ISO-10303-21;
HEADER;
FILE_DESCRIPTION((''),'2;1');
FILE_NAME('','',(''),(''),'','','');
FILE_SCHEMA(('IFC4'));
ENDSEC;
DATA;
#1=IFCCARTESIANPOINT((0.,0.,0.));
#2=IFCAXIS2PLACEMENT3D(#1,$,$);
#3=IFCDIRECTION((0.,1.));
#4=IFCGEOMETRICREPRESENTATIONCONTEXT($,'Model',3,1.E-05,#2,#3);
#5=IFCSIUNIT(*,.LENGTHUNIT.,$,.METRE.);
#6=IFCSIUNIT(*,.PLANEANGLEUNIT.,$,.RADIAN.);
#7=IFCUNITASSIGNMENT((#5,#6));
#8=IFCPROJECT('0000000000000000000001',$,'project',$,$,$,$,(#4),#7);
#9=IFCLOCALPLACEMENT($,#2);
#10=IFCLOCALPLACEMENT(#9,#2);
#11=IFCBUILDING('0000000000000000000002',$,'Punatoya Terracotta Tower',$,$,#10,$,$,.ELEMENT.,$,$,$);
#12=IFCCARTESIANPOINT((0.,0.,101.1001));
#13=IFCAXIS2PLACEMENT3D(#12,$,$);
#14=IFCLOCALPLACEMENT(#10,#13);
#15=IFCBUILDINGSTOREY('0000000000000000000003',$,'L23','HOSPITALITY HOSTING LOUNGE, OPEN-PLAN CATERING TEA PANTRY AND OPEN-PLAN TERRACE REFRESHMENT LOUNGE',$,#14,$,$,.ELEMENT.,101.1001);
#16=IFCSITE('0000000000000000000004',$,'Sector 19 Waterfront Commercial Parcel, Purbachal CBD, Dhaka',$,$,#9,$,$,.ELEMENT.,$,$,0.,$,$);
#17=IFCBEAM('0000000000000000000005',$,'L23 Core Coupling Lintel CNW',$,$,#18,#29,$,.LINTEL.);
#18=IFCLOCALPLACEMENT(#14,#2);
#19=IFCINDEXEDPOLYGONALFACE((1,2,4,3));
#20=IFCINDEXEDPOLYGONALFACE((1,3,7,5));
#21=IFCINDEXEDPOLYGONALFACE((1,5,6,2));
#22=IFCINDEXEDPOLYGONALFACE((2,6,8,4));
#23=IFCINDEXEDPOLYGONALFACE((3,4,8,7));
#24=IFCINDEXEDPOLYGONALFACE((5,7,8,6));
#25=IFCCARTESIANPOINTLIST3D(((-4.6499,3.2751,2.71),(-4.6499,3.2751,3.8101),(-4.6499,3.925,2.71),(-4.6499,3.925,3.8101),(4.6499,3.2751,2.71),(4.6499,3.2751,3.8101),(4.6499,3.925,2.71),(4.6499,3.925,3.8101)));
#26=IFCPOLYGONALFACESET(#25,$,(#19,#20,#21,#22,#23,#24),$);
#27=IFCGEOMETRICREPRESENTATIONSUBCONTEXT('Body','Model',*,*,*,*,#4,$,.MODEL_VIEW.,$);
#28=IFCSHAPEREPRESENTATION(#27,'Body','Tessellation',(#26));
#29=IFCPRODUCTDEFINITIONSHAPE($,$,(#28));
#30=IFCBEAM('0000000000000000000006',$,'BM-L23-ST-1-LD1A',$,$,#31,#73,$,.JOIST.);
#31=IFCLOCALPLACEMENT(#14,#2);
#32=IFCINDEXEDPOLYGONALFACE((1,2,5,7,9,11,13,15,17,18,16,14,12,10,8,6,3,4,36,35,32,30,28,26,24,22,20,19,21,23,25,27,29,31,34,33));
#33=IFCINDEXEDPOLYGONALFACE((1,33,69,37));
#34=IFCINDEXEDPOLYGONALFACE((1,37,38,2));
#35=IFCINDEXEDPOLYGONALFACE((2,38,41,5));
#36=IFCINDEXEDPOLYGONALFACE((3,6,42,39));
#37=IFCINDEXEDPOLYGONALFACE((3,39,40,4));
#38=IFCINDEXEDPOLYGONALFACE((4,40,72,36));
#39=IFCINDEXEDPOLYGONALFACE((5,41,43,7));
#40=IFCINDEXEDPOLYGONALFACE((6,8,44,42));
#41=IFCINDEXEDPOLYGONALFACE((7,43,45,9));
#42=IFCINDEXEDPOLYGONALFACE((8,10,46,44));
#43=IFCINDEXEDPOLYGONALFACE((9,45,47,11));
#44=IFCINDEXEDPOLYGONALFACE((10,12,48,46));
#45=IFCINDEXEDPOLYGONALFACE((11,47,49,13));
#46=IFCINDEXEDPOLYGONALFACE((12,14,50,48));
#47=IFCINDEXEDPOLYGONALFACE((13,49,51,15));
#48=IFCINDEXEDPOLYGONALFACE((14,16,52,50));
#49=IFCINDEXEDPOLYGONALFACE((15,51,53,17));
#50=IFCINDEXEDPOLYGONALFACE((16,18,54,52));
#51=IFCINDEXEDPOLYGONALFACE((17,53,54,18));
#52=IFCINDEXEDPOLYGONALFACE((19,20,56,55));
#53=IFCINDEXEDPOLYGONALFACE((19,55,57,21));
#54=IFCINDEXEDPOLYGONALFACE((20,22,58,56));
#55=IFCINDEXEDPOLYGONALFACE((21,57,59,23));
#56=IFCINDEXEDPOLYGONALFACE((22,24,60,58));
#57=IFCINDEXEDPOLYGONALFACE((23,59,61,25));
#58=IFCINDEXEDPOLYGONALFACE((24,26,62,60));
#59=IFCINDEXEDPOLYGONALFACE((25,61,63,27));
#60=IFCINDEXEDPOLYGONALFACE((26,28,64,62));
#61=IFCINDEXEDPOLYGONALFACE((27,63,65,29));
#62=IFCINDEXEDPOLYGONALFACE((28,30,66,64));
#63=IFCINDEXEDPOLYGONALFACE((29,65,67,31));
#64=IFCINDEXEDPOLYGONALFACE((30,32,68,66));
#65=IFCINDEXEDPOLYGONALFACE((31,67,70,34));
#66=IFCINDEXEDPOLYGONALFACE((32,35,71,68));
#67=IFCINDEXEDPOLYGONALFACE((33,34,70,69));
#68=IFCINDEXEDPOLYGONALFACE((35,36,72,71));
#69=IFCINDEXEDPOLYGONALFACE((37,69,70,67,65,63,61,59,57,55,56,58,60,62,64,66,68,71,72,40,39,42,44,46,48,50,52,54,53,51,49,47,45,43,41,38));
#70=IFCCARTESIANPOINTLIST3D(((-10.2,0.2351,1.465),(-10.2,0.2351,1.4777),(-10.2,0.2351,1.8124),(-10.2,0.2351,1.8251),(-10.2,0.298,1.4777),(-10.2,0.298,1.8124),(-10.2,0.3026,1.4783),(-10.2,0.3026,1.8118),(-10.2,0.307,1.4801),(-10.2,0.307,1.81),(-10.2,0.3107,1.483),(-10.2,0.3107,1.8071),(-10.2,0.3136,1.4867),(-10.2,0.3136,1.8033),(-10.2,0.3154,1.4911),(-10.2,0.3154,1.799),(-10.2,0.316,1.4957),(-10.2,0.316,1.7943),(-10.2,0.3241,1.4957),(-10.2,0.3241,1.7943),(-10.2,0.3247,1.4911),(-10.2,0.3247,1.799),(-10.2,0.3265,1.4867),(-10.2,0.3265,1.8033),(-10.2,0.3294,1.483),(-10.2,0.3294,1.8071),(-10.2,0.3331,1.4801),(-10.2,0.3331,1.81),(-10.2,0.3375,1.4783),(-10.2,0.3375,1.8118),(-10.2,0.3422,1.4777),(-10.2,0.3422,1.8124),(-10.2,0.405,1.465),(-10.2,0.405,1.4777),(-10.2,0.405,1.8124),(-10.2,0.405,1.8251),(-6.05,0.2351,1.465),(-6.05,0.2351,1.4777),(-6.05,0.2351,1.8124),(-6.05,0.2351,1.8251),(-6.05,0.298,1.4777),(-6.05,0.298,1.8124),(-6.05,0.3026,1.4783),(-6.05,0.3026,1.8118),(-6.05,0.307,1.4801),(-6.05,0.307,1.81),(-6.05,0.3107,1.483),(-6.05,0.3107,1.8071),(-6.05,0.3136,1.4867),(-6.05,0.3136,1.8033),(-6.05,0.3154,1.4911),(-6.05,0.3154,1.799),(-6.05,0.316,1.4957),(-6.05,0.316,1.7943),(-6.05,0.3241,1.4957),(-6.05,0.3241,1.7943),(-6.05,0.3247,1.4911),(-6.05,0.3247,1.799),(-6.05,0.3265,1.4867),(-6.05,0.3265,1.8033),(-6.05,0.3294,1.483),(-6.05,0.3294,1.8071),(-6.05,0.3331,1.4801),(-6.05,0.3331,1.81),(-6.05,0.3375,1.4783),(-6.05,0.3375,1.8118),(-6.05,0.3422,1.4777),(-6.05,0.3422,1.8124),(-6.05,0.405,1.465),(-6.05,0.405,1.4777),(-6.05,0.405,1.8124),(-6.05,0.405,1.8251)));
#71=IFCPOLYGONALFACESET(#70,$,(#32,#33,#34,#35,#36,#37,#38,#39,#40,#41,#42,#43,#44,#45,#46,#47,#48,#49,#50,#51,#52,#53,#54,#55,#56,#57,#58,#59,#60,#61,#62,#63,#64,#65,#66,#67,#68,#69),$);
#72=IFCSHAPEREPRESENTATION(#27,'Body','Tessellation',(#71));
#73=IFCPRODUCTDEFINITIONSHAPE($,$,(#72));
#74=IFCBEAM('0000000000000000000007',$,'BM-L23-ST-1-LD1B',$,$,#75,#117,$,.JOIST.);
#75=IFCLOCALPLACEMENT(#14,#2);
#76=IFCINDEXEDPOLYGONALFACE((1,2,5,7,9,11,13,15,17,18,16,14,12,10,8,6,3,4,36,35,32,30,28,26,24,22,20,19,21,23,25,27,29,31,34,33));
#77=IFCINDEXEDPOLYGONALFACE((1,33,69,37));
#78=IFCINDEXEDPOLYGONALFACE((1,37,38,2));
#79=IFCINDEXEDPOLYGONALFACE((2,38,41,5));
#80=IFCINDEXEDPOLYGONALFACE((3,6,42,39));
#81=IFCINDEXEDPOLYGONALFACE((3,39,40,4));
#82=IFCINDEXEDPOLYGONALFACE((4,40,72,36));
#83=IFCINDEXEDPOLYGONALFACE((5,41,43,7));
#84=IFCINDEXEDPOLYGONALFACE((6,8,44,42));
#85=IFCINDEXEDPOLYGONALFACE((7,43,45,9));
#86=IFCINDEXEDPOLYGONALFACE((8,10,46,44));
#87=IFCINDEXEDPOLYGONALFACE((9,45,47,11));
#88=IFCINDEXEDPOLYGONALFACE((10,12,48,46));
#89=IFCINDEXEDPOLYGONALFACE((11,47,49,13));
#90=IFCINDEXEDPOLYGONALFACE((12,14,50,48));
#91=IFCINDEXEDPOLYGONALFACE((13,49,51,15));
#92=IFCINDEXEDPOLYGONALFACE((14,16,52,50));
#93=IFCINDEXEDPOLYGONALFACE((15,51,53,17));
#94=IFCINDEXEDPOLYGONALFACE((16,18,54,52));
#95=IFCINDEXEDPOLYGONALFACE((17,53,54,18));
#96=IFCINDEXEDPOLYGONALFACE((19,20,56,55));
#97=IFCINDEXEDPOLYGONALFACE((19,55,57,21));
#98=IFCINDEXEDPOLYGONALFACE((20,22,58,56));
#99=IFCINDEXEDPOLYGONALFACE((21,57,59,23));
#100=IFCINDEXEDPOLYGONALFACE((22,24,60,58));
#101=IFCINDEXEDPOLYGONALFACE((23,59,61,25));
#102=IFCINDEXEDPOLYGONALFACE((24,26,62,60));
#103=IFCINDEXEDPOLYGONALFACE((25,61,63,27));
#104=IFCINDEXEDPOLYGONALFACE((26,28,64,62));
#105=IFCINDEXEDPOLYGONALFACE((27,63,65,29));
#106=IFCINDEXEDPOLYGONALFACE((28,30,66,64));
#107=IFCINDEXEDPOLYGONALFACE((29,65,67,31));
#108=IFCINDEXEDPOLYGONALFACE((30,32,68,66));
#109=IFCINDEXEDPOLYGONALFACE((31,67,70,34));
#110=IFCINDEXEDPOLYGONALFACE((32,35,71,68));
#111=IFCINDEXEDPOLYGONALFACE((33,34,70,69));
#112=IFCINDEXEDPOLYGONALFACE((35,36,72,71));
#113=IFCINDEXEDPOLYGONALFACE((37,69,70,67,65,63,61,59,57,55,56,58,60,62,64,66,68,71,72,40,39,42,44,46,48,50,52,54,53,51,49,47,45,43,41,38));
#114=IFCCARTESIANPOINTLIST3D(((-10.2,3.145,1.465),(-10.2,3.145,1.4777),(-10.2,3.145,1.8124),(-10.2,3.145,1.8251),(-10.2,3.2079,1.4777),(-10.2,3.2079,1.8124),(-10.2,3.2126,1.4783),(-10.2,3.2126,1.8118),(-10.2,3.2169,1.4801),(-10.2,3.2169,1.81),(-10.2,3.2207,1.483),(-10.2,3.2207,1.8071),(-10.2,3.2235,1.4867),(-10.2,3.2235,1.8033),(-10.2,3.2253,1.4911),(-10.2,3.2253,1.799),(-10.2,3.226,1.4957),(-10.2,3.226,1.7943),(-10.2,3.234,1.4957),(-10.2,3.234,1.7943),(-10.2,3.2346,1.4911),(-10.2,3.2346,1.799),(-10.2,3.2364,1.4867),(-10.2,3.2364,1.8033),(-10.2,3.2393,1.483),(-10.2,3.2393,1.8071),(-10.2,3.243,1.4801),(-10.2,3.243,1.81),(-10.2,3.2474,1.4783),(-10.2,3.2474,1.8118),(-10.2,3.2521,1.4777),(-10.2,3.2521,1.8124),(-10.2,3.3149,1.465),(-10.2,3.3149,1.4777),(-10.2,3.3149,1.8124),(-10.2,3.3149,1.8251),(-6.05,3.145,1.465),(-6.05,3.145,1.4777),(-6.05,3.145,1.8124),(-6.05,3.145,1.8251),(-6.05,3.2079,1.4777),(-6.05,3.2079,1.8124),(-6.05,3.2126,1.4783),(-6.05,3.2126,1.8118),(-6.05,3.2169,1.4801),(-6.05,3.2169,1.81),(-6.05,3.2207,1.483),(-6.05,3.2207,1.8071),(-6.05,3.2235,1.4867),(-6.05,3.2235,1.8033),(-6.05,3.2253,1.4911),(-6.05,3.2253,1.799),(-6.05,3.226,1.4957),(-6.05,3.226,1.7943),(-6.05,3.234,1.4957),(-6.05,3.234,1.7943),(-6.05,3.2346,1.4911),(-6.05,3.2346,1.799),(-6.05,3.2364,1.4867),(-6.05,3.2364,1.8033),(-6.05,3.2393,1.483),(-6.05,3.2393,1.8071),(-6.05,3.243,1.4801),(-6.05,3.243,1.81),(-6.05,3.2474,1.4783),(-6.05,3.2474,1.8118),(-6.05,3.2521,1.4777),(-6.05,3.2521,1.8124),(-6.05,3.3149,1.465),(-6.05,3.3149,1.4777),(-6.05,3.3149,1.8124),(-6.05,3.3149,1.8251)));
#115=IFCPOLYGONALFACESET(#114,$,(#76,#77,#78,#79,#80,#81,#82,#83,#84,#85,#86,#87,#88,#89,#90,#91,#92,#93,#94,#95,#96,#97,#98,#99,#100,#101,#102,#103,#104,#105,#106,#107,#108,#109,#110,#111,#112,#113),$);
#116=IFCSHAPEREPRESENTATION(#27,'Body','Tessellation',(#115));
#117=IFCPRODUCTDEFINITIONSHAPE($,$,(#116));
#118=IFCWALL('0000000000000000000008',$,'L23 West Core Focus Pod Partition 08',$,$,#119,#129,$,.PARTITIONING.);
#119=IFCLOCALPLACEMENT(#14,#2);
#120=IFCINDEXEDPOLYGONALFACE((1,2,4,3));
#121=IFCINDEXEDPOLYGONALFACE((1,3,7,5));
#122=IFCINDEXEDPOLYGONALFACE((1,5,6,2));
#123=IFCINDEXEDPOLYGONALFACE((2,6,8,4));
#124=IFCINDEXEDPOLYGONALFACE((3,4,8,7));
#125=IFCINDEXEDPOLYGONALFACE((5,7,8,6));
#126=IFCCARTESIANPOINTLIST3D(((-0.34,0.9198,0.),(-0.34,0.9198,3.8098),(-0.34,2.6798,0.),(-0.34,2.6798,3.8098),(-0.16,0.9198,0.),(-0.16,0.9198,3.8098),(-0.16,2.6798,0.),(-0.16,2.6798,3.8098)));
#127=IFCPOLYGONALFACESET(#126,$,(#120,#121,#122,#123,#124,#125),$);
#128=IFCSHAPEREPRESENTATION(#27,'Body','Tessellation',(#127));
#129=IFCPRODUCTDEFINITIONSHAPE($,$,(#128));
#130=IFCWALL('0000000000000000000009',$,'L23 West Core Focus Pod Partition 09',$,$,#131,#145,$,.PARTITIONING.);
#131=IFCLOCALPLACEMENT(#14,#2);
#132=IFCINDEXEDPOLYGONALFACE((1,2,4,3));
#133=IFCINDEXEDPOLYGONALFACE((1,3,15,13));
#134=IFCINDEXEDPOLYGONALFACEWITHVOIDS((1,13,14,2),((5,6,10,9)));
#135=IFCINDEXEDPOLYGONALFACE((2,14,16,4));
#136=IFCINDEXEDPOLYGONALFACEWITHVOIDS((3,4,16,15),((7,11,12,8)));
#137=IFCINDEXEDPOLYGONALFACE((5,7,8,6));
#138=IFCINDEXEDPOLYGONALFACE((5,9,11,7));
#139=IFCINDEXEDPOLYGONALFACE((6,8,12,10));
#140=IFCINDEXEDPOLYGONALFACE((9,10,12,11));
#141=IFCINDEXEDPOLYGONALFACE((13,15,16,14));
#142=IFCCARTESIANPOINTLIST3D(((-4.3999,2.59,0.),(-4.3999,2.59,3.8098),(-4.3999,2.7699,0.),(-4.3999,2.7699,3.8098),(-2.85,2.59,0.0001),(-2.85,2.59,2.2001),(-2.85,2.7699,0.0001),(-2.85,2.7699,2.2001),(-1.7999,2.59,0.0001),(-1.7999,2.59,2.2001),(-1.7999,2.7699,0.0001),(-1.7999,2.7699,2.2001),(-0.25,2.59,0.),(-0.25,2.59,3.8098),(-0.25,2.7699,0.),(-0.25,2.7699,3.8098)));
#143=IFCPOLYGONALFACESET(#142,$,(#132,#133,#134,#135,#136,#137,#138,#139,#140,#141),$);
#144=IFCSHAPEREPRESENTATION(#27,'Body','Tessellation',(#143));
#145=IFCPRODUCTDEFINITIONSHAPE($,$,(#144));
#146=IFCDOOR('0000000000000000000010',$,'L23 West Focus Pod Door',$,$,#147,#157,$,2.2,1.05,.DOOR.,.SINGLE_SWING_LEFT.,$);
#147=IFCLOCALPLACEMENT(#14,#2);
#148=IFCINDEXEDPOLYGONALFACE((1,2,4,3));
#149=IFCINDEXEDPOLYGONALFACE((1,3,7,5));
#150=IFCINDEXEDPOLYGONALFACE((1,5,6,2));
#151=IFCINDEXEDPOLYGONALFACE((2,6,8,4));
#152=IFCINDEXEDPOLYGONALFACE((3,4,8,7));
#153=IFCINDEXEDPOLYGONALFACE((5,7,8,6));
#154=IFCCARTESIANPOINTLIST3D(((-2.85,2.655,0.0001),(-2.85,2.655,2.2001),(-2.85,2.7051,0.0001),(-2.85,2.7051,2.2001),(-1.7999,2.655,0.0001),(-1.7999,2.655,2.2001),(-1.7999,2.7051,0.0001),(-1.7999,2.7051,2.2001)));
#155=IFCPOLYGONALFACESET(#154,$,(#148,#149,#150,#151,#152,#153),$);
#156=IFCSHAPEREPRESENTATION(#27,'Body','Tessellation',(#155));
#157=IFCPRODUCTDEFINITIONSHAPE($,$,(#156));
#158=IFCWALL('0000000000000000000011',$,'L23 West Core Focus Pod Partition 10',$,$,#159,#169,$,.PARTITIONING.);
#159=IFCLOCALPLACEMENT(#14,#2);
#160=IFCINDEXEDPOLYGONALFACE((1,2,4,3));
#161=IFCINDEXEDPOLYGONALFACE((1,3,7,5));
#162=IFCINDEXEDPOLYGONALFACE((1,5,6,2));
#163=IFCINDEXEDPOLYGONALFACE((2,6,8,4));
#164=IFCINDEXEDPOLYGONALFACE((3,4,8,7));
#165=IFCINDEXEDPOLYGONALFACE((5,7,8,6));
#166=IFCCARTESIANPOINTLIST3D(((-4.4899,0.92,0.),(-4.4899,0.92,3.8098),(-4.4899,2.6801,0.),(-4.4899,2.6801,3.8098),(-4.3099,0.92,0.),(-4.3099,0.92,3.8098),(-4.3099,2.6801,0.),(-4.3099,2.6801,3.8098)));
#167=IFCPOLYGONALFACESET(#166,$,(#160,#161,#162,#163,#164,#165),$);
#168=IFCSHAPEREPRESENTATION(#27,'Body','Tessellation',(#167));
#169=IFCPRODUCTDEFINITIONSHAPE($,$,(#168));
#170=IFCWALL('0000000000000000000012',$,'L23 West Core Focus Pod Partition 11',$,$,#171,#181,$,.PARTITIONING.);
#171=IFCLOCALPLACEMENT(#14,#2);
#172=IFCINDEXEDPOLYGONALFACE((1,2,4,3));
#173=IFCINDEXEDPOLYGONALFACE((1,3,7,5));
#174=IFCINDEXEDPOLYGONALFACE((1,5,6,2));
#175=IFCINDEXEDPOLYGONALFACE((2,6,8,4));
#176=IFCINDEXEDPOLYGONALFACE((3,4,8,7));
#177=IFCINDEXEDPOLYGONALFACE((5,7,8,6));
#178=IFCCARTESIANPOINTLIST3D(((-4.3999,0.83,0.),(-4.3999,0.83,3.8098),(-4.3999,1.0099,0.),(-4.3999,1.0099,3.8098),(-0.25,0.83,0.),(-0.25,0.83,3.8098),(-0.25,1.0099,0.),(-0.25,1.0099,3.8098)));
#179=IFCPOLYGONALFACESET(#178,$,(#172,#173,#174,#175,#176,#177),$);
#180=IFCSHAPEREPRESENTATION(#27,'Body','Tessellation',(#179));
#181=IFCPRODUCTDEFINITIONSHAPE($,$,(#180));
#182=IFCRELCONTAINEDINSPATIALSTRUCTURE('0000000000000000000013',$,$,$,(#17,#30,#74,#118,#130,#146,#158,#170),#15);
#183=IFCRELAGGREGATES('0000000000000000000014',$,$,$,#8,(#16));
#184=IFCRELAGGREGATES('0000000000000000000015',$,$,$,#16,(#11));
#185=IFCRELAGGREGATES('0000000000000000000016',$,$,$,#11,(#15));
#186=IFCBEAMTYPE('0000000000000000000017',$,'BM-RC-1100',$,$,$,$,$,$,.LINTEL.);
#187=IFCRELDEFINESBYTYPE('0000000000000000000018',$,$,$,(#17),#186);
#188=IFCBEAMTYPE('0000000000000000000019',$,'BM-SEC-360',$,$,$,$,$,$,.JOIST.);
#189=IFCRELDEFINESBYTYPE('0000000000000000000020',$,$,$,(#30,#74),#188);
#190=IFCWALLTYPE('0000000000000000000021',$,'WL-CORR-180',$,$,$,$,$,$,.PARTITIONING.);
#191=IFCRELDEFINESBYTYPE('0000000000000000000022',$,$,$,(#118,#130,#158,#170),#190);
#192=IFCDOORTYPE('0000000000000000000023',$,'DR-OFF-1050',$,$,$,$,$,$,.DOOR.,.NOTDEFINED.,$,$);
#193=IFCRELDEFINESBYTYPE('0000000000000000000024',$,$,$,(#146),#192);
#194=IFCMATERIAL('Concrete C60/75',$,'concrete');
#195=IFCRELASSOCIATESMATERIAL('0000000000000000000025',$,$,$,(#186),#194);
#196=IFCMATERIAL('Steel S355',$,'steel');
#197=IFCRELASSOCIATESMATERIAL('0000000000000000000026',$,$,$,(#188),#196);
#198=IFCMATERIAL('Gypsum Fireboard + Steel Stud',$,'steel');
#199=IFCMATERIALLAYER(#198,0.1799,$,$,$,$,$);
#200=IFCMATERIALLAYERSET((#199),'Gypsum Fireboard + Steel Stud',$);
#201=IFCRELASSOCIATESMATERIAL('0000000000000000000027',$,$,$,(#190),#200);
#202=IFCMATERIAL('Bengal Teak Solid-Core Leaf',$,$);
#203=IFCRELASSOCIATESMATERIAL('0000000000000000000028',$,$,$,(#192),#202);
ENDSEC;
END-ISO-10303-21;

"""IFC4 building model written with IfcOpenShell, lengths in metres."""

from ifc_helpers import new_model, si_unit, direction, frame, frame_2d, origin, origin_2d, place, context, subcontext, project, spatial, rectangle, i_section, extrude, material, layer, layer_set, material_profile, profile_set, type_object, element, fill, save


model = new_model("IFC4")

# Units and contexts
model_context = context("Model", 3, precision=1e-05, world=origin(), true_north=direction((0.0, 1.0)))
body_context = subcontext(model_context, "Body", "Model", "MODEL_VIEW")
ifc_project = project(units=[si_unit("LENGTHUNIT", "METRE"), si_unit("PLANEANGLEUNIT", "RADIAN")], contexts=[model_context])

# Site, building, storey
site_placement = place(None, origin())
site = spatial("IfcSite", under=ifc_project, at=site_placement, Name="Sector 19 Waterfront Commercial Parcel, Purbachal CBD, Dhaka", CompositionType="ELEMENT", RefElevation=0.0)
building_placement = place(site_placement, origin())
building = spatial("IfcBuilding", under=site, at=building_placement, Name="Punatoya Terracotta Tower", CompositionType="ELEMENT")
storey_placement = place(building_placement, frame((0.0, 0.0, 101.1001)))
storey = spatial("IfcBuildingStorey", under=building, at=storey_placement, Name="L23", Description="HOSPITALITY HOSTING LOUNGE, OPEN-PLAN CATERING TEA PANTRY AND OPEN-PLAN TERRACE REFRESHMENT LOUNGE", CompositionType="ELEMENT", Elevation=101.1001)

# Beams
ifc_material_1 = material(Name="Concrete C60/75", Category="concrete")
ifc_material_profile_1 = material_profile(ifc_material_1, rectangle(XDim=0.6499, YDim=1.1001, at=origin_2d()))
ifc_profile_set_1 = profile_set([ifc_material_profile_1], Name="Concrete C60/75")
beam_type_1 = type_object("IfcBeamType", Name="BM-RC-1100", PredefinedType="LINTEL", material=ifc_profile_set_1)
beam_placement = place(storey_placement, frame((-4.6499, 3.6001, 3.26), z_axis=(1.0, 0.0, 0.0), x_axis=(0.0, 1.0, 0.0)))
element("IfcBeam", 1, at=beam_placement, inside=storey, type_object=beam_type_1, Name="L23 Core Coupling Lintel CNW", PredefinedType="LINTEL", context=body_context, shape_type="SweptSolid", body=[
    extrude(rectangle(XDim=0.6499, YDim=1.1001, at=origin_2d()), origin(), (0.0, 0.0, 1.0), 9.2998),
])
ifc_material_2 = material(Name="Steel S355", Category="steel")
ifc_material_profile_2 = material_profile(ifc_material_2, i_section(OverallWidth=0.1699, OverallDepth=0.3601, WebThickness=0.0081, FlangeThickness=0.0127, FilletRadius=0.0181, at=origin_2d()))
ifc_profile_set_2 = profile_set([ifc_material_profile_2], Name="Steel S355")
beam_type_2 = type_object("IfcBeamType", Name="BM-SEC-360", PredefinedType="JOIST", material=ifc_profile_set_2)
for number, where, z_axis, x_axis, name in (
    (2, (-10.2, 0.3201, 1.645), (1.0, 0.0, 0.0), (0.0, 1.0, 0.0), "BM-L23-ST-1-LD1A"),
    (3, (-10.2, 3.23, 1.645), (1.0, 0.0, 0.0), (0.0, 1.0, 0.0), "BM-L23-ST-1-LD1B"),
):
    element("IfcBeam", number, at=place(storey_placement, frame(where, z_axis=z_axis, x_axis=x_axis)), inside=storey, type_object=beam_type_2, Name=name, PredefinedType="JOIST", context=body_context, shape_type="SweptSolid", body=[
        extrude(i_section(OverallWidth=0.1699, OverallDepth=0.3601, WebThickness=0.0081, FlangeThickness=0.0127, FilletRadius=0.0181, at=origin_2d()), origin(), (0.0, 0.0, 1.0), 4.1499),
    ])

# Wall
ifc_material_3 = material(Name="Gypsum Fireboard + Steel Stud", Category="steel")
ifc_layer_1 = layer(ifc_material_3, 0.1799)
ifc_layer_set_1 = layer_set([ifc_layer_1], Name="Gypsum Fireboard + Steel Stud")
wall_type_1 = type_object("IfcWallType", Name="WL-CORR-180", PredefinedType="PARTITIONING", material=ifc_layer_set_1)
wall_1_placement = place(storey_placement, frame((-0.25, 0.9199, 0.0), z_axis=(0.0, 0.0, 1.0), x_axis=(0.0, 1.0, 0.0)))
element("IfcWall", 4, at=wall_1_placement, inside=storey, type_object=wall_type_1, Name="L23 West Core Focus Pod Partition 08", PredefinedType="PARTITIONING", context=body_context, shape_type="SweptSolid", body=[
    extrude(rectangle(XDim=1.76, YDim=0.1799, at=frame_2d((0.8799, 0.0))), origin(), (0.0, 0.0, 1.0), 3.8098),
])

# Wall, opening, door
wall_2_placement = place(storey_placement, frame((-0.25, 2.6799, 0.0), z_axis=(0.0, 0.0, 1.0), x_axis=(-1.0, 0.0, 0.0)))
wall_2 = element("IfcWall", 5, at=wall_2_placement, inside=storey, type_object=wall_type_1, Name="L23 West Core Focus Pod Partition 09", PredefinedType="PARTITIONING", context=body_context, shape_type="SweptSolid", body=[
    extrude(rectangle(XDim=4.1499, YDim=0.1799, at=frame_2d((2.075, 0.0))), origin(), (0.0, 0.0, 1.0), 3.8098),
])
opening_1_placement = place(wall_2_placement, frame((1.55, 0.0, 0.0)))
opening_1 = element("IfcOpeningElement", 6, at=opening_1_placement, cuts=wall_2, PredefinedType="OPENING", context=body_context, shape_type="SweptSolid", body=[
    extrude(rectangle(XDim=1.05, YDim=2.2, at=frame_2d((0.5249, 1.1001))), frame((0.0, 0.0999, 0.0), z_axis=(0.0, -1.0, 0.0), x_axis=(1.0, 0.0, 0.0)), (0.0, 0.0, 1.0), 0.2),
])
ifc_material_4 = material(Name="Bengal Teak Solid-Core Leaf")
door_type_1 = type_object("IfcDoorType", Name="DR-OFF-1050", OperationType="NOTDEFINED", PredefinedType="DOOR", material=ifc_material_4)
door_1_placement = place(opening_1_placement, origin())
door_1 = element("IfcDoor", 7, at=door_1_placement, inside=storey, type_object=door_type_1, Name="L23 West Focus Pod Door", OperationType="SINGLE_SWING_LEFT", OverallHeight=2.2, OverallWidth=1.05, PredefinedType="DOOR", context=body_context, shape_type="SweptSolid", body=[
    extrude(rectangle(XDim=1.05, YDim=2.2, at=frame_2d((0.5249, 1.1001))), frame((0.0, 0.0249, 0.0), z_axis=(0.0, -1.0, 0.0), x_axis=(1.0, 0.0, 0.0)), (0.0, 0.0, 1.0), 0.05),
])
fill(opening_1, door_1)

# Walls
wall_3_placement = place(storey_placement, frame((-4.3999, 2.6799, 0.0), z_axis=(0.0, 0.0, 1.0), x_axis=(0.0, -1.0, 0.0)))
element("IfcWall", 8, at=wall_3_placement, inside=storey, type_object=wall_type_1, Name="L23 West Core Focus Pod Partition 10", PredefinedType="PARTITIONING", context=body_context, shape_type="SweptSolid", body=[
    extrude(rectangle(XDim=1.76, YDim=0.1799, at=frame_2d((0.8799, 0.0))), origin(), (0.0, 0.0, 1.0), 3.8098),
])
wall_4_placement = place(storey_placement, frame((-4.3999, 0.9199, 0.0), z_axis=(0.0, 0.0, 1.0), x_axis=(1.0, 0.0, 0.0)))
element("IfcWall", 9, at=wall_4_placement, inside=storey, type_object=wall_type_1, Name="L23 West Core Focus Pod Partition 11", PredefinedType="PARTITIONING", context=body_context, shape_type="SweptSolid", body=[
    extrude(rectangle(XDim=4.1499, YDim=0.1799, at=frame_2d((2.075, 0.0))), origin(), (0.0, 0.0, 1.0), 3.8098),
])

save(model, "model.ifc")
